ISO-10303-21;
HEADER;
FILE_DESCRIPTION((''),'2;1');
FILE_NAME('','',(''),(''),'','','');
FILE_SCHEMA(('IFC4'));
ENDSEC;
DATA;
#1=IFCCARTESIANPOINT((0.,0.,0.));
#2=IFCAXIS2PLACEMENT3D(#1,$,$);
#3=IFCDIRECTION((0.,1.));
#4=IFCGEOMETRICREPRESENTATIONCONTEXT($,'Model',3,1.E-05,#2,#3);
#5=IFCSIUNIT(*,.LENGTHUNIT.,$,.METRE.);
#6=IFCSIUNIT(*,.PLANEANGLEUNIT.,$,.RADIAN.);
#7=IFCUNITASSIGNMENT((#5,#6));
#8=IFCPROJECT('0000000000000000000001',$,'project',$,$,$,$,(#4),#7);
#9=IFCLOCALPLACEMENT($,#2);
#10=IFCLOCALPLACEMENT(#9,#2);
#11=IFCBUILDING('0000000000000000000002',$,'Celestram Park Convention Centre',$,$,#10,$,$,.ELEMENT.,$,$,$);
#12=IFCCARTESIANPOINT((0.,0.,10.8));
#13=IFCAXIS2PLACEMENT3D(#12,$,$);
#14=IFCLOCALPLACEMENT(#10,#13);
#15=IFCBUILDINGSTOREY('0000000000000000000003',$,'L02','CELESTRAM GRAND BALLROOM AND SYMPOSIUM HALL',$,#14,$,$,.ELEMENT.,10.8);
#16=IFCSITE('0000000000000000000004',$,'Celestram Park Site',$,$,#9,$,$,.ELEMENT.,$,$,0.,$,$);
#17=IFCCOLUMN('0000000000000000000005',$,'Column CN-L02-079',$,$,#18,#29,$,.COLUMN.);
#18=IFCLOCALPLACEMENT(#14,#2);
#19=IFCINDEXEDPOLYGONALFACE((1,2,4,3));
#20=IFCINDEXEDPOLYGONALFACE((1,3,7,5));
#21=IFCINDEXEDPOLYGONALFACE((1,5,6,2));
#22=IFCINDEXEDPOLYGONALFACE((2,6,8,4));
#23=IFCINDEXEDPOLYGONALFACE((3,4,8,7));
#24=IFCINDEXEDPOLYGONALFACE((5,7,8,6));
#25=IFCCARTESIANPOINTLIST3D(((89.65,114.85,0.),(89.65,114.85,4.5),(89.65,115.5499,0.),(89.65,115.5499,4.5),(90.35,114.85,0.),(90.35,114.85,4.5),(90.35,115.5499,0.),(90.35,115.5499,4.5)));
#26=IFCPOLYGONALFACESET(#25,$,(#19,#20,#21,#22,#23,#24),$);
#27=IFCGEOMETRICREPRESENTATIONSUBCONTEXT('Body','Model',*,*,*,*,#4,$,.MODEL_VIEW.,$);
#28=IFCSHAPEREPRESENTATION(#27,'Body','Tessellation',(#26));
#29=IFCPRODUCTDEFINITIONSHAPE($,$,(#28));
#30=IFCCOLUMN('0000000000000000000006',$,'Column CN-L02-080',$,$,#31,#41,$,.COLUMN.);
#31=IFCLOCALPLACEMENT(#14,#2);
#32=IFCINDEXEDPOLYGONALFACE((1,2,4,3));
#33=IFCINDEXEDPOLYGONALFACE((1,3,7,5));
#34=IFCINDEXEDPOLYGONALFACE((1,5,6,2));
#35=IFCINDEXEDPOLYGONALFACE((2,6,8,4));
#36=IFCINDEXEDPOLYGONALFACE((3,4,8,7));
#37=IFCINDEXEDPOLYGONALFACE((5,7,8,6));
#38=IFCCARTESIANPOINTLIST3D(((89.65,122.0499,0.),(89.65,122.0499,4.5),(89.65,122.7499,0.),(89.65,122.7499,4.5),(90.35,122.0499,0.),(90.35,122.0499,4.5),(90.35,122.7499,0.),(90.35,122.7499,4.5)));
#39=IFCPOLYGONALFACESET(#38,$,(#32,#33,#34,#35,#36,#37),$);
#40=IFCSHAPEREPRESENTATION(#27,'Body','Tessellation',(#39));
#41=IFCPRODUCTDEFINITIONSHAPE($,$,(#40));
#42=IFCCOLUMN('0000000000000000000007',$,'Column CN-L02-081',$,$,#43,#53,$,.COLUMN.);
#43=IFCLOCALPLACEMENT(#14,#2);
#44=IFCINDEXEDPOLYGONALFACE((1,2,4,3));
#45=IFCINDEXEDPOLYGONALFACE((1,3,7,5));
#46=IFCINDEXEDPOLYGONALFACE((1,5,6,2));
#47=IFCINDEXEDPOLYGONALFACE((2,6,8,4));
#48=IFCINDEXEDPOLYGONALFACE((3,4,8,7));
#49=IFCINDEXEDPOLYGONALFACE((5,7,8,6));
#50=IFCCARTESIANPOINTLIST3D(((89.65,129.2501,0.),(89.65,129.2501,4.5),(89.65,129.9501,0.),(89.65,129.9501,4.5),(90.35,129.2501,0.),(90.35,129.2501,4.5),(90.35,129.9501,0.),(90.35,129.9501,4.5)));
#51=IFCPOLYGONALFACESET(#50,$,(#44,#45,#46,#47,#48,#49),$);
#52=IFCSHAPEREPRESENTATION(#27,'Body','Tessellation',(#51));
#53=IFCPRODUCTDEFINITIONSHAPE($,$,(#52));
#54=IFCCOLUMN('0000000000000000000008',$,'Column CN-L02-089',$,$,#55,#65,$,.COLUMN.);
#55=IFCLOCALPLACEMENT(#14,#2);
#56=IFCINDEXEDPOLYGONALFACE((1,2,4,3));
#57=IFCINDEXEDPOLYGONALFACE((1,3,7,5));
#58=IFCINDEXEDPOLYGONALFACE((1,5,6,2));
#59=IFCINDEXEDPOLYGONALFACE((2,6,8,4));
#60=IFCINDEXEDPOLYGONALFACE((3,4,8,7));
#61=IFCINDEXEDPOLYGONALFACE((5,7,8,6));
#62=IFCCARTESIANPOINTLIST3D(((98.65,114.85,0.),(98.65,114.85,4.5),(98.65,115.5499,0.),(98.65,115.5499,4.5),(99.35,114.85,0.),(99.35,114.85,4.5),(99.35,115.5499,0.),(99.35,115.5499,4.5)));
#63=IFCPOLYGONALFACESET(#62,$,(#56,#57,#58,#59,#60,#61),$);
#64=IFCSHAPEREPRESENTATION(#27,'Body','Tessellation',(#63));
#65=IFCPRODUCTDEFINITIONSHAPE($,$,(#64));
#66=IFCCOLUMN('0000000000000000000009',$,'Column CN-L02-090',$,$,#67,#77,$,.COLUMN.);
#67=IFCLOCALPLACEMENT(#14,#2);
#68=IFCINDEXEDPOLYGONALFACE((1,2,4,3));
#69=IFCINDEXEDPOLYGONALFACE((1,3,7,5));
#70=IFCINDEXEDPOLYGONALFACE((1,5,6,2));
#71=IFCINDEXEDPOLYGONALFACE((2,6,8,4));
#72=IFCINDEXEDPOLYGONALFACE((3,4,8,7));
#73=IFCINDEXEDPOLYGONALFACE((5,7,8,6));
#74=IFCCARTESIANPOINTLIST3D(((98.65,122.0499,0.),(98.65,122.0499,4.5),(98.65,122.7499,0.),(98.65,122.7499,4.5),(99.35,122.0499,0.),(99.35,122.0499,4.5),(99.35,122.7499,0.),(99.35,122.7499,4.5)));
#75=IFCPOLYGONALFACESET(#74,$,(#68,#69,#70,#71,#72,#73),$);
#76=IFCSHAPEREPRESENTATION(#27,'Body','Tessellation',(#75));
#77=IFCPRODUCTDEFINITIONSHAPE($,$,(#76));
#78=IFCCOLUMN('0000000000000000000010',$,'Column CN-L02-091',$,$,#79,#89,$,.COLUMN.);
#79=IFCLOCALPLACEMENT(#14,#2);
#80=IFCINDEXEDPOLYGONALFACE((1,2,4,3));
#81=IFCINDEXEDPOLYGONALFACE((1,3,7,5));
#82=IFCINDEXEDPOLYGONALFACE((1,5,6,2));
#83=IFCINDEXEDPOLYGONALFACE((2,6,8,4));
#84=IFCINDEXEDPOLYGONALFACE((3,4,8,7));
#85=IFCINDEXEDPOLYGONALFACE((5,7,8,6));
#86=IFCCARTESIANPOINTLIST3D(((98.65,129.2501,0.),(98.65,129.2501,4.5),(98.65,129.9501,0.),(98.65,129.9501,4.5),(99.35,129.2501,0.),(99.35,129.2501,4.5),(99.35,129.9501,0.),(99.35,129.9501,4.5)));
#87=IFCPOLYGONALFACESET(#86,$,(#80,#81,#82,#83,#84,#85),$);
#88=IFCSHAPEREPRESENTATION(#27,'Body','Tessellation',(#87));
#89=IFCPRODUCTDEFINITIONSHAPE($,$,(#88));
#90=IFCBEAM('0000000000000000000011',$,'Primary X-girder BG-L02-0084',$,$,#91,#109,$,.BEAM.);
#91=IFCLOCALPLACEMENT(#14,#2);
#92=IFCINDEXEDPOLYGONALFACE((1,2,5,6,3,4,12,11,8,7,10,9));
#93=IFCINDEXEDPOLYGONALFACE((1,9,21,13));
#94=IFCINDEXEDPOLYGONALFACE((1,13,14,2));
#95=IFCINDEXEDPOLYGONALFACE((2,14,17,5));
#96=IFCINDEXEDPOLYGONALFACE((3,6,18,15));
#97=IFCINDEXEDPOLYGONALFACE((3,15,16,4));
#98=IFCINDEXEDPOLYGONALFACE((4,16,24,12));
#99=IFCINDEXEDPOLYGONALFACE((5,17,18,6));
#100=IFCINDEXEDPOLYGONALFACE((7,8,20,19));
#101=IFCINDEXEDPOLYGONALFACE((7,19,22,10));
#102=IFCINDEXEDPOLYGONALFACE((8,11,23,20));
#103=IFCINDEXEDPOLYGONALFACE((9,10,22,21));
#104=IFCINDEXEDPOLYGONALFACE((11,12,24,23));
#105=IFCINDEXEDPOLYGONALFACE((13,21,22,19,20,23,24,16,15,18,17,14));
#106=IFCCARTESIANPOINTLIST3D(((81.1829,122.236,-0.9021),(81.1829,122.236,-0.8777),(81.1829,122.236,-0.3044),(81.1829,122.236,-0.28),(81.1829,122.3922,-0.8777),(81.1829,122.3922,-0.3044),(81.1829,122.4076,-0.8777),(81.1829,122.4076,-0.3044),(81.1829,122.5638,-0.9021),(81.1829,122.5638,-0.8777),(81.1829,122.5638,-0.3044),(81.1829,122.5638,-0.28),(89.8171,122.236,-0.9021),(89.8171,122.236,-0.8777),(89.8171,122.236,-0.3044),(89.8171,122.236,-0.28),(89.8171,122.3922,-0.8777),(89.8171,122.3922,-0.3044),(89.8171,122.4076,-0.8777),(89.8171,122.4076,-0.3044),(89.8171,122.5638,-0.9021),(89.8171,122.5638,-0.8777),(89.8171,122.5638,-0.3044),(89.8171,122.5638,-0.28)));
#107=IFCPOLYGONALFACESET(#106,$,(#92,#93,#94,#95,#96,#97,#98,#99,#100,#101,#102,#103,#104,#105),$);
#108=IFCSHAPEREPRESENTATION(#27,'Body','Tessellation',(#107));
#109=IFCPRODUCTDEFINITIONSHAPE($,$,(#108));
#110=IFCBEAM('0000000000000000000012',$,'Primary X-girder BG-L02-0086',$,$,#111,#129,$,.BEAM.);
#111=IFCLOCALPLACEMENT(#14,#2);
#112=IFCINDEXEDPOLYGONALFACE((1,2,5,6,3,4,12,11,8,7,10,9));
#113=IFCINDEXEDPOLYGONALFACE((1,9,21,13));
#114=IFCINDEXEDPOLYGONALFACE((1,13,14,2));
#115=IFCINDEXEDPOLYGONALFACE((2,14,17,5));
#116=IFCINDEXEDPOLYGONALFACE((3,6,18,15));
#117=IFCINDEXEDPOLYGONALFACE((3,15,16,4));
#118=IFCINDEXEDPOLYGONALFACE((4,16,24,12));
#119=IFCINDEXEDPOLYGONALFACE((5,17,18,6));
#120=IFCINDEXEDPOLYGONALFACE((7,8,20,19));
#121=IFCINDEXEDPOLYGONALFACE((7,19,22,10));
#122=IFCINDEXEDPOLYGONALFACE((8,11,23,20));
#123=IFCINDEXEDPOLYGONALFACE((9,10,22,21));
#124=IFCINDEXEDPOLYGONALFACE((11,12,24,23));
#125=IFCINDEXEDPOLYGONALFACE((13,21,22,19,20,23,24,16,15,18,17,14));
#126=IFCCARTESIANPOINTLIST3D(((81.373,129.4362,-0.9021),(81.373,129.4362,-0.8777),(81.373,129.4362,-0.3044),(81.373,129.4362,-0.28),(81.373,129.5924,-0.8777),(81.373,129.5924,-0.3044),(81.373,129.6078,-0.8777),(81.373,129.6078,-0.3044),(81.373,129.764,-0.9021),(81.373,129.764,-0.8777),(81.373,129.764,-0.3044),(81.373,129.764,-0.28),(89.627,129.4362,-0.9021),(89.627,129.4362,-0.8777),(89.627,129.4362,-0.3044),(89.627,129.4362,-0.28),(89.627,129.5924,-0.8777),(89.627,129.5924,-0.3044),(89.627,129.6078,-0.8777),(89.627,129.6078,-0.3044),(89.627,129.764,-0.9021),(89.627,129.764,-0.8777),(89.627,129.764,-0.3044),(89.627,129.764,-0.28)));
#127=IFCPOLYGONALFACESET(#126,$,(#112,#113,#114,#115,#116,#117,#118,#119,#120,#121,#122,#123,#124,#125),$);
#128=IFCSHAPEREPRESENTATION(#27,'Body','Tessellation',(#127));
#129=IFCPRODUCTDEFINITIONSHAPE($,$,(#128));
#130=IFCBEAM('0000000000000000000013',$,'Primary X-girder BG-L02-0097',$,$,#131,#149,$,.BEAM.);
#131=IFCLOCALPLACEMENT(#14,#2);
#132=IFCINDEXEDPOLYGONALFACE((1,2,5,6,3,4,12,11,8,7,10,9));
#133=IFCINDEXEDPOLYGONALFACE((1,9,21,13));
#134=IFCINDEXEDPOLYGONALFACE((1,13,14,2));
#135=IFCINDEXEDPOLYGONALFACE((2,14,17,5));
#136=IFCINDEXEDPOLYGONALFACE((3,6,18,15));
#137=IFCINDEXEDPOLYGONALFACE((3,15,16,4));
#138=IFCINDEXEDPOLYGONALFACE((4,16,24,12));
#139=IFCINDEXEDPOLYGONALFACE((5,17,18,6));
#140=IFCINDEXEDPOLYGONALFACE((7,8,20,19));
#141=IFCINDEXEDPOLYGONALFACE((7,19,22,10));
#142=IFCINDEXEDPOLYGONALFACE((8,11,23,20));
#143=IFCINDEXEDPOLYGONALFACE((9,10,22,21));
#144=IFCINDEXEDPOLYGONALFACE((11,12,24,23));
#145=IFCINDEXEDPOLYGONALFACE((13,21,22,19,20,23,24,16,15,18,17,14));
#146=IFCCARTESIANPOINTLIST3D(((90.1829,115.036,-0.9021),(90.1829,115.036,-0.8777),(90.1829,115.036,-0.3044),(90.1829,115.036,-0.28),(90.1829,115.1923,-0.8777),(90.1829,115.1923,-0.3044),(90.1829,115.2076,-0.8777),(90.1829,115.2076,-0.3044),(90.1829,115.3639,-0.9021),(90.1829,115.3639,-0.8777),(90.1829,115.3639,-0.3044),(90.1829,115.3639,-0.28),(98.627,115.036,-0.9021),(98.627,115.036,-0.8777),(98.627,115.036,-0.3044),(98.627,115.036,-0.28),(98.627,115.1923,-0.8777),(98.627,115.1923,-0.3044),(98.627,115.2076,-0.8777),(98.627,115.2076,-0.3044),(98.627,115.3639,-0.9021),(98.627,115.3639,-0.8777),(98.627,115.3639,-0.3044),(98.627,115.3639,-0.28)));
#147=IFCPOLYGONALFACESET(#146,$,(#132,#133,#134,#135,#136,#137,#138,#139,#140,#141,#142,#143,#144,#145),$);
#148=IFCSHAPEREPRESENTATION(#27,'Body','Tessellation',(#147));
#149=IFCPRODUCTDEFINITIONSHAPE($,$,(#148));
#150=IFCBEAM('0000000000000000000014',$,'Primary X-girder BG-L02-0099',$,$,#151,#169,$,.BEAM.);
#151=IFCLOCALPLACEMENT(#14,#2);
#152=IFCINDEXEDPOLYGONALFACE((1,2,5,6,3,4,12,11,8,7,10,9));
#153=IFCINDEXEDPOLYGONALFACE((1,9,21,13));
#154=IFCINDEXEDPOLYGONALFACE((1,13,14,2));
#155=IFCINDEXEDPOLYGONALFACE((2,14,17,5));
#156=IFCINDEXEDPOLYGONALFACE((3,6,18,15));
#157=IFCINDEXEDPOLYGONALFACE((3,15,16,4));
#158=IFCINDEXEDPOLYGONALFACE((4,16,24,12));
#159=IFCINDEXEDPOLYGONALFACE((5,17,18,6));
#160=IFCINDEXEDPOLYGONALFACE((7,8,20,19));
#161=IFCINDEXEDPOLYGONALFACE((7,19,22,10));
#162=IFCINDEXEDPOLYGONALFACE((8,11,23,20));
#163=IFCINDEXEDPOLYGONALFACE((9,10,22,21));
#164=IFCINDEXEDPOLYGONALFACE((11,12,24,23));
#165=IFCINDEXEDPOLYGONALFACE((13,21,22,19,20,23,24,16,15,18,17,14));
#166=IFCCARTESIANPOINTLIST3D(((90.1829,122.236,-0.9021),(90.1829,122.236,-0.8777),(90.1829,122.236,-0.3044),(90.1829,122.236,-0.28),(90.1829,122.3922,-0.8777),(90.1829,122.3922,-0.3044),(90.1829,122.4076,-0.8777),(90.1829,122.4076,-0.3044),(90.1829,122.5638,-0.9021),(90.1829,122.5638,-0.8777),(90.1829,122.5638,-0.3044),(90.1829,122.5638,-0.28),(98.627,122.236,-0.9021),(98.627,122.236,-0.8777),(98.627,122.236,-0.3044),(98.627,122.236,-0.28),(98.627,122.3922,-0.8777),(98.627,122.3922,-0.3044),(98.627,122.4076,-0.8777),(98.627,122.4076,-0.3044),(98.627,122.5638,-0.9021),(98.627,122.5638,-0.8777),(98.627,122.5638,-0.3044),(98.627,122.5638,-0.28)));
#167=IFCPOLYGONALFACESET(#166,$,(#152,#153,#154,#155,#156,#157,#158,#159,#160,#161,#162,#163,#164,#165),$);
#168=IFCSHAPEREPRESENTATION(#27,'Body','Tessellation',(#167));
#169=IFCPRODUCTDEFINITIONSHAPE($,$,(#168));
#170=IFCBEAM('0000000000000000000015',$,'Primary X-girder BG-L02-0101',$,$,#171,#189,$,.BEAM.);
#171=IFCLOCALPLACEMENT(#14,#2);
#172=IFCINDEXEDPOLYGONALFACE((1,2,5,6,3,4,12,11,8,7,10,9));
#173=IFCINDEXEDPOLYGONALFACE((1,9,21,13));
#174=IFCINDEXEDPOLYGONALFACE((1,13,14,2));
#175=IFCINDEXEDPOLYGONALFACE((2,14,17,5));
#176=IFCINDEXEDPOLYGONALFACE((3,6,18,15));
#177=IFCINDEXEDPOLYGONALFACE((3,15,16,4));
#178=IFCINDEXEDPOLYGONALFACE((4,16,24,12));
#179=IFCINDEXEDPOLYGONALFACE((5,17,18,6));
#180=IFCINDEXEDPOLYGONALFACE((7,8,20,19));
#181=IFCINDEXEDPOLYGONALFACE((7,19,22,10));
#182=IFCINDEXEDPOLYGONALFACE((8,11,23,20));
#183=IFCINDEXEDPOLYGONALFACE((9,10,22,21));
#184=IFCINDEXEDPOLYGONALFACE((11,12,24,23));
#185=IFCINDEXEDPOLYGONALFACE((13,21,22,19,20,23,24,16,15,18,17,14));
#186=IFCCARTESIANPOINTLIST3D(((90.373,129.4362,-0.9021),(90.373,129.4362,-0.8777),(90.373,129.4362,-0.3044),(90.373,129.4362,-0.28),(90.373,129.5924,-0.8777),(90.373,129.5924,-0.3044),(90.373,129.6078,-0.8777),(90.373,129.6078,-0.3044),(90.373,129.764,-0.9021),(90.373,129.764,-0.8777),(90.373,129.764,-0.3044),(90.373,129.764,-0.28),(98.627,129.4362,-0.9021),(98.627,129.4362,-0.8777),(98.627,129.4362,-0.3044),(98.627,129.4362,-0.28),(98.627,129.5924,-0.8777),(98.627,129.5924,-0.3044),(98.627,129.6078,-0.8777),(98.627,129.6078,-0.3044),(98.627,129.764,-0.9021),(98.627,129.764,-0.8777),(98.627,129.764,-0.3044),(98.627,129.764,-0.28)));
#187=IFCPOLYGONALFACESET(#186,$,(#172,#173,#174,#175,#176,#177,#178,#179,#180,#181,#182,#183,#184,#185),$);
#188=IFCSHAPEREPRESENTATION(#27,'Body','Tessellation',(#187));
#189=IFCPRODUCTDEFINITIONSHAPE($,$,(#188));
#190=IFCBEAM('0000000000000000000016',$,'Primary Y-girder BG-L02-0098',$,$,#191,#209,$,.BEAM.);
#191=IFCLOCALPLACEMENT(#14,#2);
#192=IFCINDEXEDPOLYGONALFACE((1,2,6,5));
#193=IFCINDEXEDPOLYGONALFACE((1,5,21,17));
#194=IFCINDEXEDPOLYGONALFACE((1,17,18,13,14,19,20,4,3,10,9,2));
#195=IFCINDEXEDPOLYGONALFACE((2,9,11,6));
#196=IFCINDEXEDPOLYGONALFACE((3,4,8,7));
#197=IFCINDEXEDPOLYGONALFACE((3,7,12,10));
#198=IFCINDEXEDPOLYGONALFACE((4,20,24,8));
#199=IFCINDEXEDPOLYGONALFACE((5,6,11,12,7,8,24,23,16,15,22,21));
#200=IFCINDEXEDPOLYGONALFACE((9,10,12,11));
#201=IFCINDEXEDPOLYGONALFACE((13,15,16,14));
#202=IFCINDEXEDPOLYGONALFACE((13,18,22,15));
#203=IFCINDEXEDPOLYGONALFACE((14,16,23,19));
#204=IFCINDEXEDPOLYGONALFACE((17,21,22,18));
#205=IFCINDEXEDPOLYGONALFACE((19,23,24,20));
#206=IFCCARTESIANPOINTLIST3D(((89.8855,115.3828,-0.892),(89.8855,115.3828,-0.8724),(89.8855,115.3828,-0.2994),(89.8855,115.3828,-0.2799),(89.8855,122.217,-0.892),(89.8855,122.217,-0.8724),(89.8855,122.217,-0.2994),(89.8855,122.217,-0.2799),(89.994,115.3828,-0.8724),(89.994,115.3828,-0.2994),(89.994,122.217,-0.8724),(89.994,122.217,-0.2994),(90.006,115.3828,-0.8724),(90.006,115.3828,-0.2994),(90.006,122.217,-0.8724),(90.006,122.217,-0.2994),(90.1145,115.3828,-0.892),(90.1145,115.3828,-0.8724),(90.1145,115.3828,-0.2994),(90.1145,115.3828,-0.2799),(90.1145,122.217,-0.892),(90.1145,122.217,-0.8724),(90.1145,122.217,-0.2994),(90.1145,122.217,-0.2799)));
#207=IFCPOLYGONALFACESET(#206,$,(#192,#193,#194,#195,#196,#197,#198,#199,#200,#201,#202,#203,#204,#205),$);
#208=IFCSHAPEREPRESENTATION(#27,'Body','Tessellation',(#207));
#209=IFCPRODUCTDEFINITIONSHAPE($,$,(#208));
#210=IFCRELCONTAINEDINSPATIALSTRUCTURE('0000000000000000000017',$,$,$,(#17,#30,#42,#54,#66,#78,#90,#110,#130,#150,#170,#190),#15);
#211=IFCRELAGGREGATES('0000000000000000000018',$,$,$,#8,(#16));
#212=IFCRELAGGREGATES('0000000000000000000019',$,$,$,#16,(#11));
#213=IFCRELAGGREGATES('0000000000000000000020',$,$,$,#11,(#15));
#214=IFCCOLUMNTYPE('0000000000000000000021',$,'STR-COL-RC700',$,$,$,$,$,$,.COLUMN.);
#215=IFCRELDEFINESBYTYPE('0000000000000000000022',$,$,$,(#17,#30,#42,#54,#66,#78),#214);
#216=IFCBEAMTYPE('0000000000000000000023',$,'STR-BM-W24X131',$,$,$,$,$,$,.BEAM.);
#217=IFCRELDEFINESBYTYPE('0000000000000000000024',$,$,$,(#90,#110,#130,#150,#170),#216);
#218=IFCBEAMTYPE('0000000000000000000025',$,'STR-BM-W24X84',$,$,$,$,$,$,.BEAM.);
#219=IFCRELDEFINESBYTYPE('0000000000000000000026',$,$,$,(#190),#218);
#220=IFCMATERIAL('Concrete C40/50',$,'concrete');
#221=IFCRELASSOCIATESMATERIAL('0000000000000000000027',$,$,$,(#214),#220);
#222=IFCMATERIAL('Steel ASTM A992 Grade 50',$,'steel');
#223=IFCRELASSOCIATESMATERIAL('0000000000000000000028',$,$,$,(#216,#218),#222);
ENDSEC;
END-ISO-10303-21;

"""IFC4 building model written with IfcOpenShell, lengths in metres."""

from ifc_helpers import new_model, si_unit, direction, frame, origin, origin_2d, place, context, subcontext, project, spatial, rectangle, i_section, extrude, material, material_profile, profile_set, type_object, element, save


model = new_model("IFC4")

# Units and contexts
model_context = context("Model", 3, precision=1e-05, world=origin(), true_north=direction((0.0, 1.0)))
body_context = subcontext(model_context, "Body", "Model", "MODEL_VIEW")
ifc_project = project(units=[si_unit("LENGTHUNIT", "METRE"), si_unit("PLANEANGLEUNIT", "RADIAN")], contexts=[model_context])

# Site, building, storey
site_placement = place(None, origin())
site = spatial("IfcSite", under=ifc_project, at=site_placement, Name="Celestram Park Site", CompositionType="ELEMENT", RefElevation=0.0)
building_placement = place(site_placement, origin())
building = spatial("IfcBuilding", under=site, at=building_placement, Name="Celestram Park Convention Centre", CompositionType="ELEMENT")
storey_placement = place(building_placement, frame((0.0, 0.0, 10.8)))
storey = spatial("IfcBuildingStorey", under=building, at=storey_placement, Name="L02", Description="CELESTRAM GRAND BALLROOM AND SYMPOSIUM HALL", CompositionType="ELEMENT", Elevation=10.8)

# Columns
ifc_material_1 = material(Name="Concrete C40/50", Category="concrete")
ifc_material_profile_1 = material_profile(ifc_material_1, rectangle(XDim=0.7, YDim=0.7, at=origin_2d()), Name="RC700X700")
ifc_profile_set_1 = profile_set([ifc_material_profile_1], Name="Concrete C40/50")
column_type = type_object("IfcColumnType", Name="STR-COL-RC700", PredefinedType="COLUMN", material=ifc_profile_set_1)
for number, where, z_axis, x_axis, name in (
    (1, (90.0, 115.2, 0.0), (0.0, 0.0, 1.0), (1.0, 0.0, 0.0), "Column CN-L02-079"),
    (2, (90.0, 122.3999, 0.0), (0.0, 0.0, 1.0), (1.0, 0.0, 0.0), "Column CN-L02-080"),
    (3, (90.0, 129.6001, 0.0), (0.0, 0.0, 1.0), (1.0, 0.0, 0.0), "Column CN-L02-081"),
    (4, (99.0, 115.2, 0.0), (0.0, 0.0, 1.0), (1.0, 0.0, 0.0), "Column CN-L02-089"),
    (5, (99.0, 122.3999, 0.0), (0.0, 0.0, 1.0), (1.0, 0.0, 0.0), "Column CN-L02-090"),
    (6, (99.0, 129.6001, 0.0), (0.0, 0.0, 1.0), (1.0, 0.0, 0.0), "Column CN-L02-091"),
):
    element("IfcColumn", number, at=place(storey_placement, frame(where, z_axis=z_axis, x_axis=x_axis)), inside=storey, type_object=column_type, Name=name, PredefinedType="COLUMN", context=body_context, shape_type="SweptSolid", body=[
        extrude(rectangle(XDim=0.7, YDim=0.7, at=origin_2d()), origin(), (0.0, 0.0, 1.0), 4.5),
    ])

# Beams
ifc_material_2 = material(Name="Steel ASTM A992 Grade 50", Category="steel")
ifc_material_profile_2 = material_profile(ifc_material_2, i_section(OverallWidth=0.3279, OverallDepth=0.6221, WebThickness=0.0154, FlangeThickness=0.0244, at=origin_2d()), Name="W24X131")
ifc_profile_set_2 = profile_set([ifc_material_profile_2], Name="Steel ASTM A992 Grade 50")
beam_type_1 = type_object("IfcBeamType", Name="STR-BM-W24X131", PredefinedType="BEAM", material=ifc_profile_set_2)
beam_1_placement = place(storey_placement, frame((81.1829, 122.3999, -0.5911), z_axis=(1.0, 0.0, 0.0), x_axis=(0.0, 1.0, 0.0)))
element("IfcBeam", 7, at=beam_1_placement, inside=storey, type_object=beam_type_1, Name="Primary X-girder BG-L02-0084", PredefinedType="BEAM", context=body_context, shape_type="SweptSolid", body=[
    extrude(i_section(OverallWidth=0.3279, OverallDepth=0.6221, WebThickness=0.0154, FlangeThickness=0.0244, at=origin_2d()), origin(), (0.0, 0.0, 1.0), 8.6343),
])
beam_2_placement = place(storey_placement, frame((81.373, 129.6001, -0.5911), z_axis=(1.0, 0.0, 0.0), x_axis=(0.0, 1.0, 0.0)))
element("IfcBeam", 8, at=beam_2_placement, inside=storey, type_object=beam_type_1, Name="Primary X-girder BG-L02-0086", PredefinedType="BEAM", context=body_context, shape_type="SweptSolid", body=[
    extrude(i_section(OverallWidth=0.3279, OverallDepth=0.6221, WebThickness=0.0154, FlangeThickness=0.0244, at=origin_2d()), origin(), (0.0, 0.0, 1.0), 8.2539),
])
for number, where, z_axis, x_axis, name in (
    (9, (90.1829, 115.2, -0.5911), (1.0, 0.0, 0.0), (0.0, 1.0, 0.0), "Primary X-girder BG-L02-0097"),
    (10, (90.1829, 122.3999, -0.5911), (1.0, 0.0, 0.0), (0.0, 1.0, 0.0), "Primary X-girder BG-L02-0099"),
):
    element("IfcBeam", number, at=place(storey_placement, frame(where, z_axis=z_axis, x_axis=x_axis)), inside=storey, type_object=beam_type_1, Name=name, PredefinedType="BEAM", context=body_context, shape_type="SweptSolid", body=[
        extrude(i_section(OverallWidth=0.3279, OverallDepth=0.6221, WebThickness=0.0154, FlangeThickness=0.0244, at=origin_2d()), origin(), (0.0, 0.0, 1.0), 8.4441),
    ])
beam_3_placement = place(storey_placement, frame((90.373, 129.6001, -0.5911), z_axis=(1.0, 0.0, 0.0), x_axis=(0.0, 1.0, 0.0)))
element("IfcBeam", 11, at=beam_3_placement, inside=storey, type_object=beam_type_1, Name="Primary X-girder BG-L02-0101", PredefinedType="BEAM", context=body_context, shape_type="SweptSolid", body=[
    extrude(i_section(OverallWidth=0.3279, OverallDepth=0.6221, WebThickness=0.0154, FlangeThickness=0.0244, at=origin_2d()), origin(), (0.0, 0.0, 1.0), 8.2539),
])
ifc_material_profile_3 = material_profile(ifc_material_2, i_section(OverallWidth=0.229, OverallDepth=0.6121, WebThickness=0.012, FlangeThickness=0.0195, at=origin_2d()), Name="W24X84")
ifc_profile_set_3 = profile_set([ifc_material_profile_3], Name="Steel ASTM A992 Grade 50")
beam_type_2 = type_object("IfcBeamType", Name="STR-BM-W24X84", PredefinedType="BEAM", material=ifc_profile_set_3)
beam_4_placement = place(storey_placement, frame((90.0, 115.3828, -0.5859), z_axis=(0.0, 1.0, 0.0), x_axis=(-1.0, 0.0, 0.0)))
element("IfcBeam", 12, at=beam_4_placement, inside=storey, type_object=beam_type_2, Name="Primary Y-girder BG-L02-0098", PredefinedType="BEAM", context=body_context, shape_type="SweptSolid", body=[
    extrude(i_section(OverallWidth=0.229, OverallDepth=0.6121, WebThickness=0.012, FlangeThickness=0.0195, at=origin_2d()), origin(), (0.0, 0.0, 1.0), 6.8342),
])

save(model, "model.ifc")
